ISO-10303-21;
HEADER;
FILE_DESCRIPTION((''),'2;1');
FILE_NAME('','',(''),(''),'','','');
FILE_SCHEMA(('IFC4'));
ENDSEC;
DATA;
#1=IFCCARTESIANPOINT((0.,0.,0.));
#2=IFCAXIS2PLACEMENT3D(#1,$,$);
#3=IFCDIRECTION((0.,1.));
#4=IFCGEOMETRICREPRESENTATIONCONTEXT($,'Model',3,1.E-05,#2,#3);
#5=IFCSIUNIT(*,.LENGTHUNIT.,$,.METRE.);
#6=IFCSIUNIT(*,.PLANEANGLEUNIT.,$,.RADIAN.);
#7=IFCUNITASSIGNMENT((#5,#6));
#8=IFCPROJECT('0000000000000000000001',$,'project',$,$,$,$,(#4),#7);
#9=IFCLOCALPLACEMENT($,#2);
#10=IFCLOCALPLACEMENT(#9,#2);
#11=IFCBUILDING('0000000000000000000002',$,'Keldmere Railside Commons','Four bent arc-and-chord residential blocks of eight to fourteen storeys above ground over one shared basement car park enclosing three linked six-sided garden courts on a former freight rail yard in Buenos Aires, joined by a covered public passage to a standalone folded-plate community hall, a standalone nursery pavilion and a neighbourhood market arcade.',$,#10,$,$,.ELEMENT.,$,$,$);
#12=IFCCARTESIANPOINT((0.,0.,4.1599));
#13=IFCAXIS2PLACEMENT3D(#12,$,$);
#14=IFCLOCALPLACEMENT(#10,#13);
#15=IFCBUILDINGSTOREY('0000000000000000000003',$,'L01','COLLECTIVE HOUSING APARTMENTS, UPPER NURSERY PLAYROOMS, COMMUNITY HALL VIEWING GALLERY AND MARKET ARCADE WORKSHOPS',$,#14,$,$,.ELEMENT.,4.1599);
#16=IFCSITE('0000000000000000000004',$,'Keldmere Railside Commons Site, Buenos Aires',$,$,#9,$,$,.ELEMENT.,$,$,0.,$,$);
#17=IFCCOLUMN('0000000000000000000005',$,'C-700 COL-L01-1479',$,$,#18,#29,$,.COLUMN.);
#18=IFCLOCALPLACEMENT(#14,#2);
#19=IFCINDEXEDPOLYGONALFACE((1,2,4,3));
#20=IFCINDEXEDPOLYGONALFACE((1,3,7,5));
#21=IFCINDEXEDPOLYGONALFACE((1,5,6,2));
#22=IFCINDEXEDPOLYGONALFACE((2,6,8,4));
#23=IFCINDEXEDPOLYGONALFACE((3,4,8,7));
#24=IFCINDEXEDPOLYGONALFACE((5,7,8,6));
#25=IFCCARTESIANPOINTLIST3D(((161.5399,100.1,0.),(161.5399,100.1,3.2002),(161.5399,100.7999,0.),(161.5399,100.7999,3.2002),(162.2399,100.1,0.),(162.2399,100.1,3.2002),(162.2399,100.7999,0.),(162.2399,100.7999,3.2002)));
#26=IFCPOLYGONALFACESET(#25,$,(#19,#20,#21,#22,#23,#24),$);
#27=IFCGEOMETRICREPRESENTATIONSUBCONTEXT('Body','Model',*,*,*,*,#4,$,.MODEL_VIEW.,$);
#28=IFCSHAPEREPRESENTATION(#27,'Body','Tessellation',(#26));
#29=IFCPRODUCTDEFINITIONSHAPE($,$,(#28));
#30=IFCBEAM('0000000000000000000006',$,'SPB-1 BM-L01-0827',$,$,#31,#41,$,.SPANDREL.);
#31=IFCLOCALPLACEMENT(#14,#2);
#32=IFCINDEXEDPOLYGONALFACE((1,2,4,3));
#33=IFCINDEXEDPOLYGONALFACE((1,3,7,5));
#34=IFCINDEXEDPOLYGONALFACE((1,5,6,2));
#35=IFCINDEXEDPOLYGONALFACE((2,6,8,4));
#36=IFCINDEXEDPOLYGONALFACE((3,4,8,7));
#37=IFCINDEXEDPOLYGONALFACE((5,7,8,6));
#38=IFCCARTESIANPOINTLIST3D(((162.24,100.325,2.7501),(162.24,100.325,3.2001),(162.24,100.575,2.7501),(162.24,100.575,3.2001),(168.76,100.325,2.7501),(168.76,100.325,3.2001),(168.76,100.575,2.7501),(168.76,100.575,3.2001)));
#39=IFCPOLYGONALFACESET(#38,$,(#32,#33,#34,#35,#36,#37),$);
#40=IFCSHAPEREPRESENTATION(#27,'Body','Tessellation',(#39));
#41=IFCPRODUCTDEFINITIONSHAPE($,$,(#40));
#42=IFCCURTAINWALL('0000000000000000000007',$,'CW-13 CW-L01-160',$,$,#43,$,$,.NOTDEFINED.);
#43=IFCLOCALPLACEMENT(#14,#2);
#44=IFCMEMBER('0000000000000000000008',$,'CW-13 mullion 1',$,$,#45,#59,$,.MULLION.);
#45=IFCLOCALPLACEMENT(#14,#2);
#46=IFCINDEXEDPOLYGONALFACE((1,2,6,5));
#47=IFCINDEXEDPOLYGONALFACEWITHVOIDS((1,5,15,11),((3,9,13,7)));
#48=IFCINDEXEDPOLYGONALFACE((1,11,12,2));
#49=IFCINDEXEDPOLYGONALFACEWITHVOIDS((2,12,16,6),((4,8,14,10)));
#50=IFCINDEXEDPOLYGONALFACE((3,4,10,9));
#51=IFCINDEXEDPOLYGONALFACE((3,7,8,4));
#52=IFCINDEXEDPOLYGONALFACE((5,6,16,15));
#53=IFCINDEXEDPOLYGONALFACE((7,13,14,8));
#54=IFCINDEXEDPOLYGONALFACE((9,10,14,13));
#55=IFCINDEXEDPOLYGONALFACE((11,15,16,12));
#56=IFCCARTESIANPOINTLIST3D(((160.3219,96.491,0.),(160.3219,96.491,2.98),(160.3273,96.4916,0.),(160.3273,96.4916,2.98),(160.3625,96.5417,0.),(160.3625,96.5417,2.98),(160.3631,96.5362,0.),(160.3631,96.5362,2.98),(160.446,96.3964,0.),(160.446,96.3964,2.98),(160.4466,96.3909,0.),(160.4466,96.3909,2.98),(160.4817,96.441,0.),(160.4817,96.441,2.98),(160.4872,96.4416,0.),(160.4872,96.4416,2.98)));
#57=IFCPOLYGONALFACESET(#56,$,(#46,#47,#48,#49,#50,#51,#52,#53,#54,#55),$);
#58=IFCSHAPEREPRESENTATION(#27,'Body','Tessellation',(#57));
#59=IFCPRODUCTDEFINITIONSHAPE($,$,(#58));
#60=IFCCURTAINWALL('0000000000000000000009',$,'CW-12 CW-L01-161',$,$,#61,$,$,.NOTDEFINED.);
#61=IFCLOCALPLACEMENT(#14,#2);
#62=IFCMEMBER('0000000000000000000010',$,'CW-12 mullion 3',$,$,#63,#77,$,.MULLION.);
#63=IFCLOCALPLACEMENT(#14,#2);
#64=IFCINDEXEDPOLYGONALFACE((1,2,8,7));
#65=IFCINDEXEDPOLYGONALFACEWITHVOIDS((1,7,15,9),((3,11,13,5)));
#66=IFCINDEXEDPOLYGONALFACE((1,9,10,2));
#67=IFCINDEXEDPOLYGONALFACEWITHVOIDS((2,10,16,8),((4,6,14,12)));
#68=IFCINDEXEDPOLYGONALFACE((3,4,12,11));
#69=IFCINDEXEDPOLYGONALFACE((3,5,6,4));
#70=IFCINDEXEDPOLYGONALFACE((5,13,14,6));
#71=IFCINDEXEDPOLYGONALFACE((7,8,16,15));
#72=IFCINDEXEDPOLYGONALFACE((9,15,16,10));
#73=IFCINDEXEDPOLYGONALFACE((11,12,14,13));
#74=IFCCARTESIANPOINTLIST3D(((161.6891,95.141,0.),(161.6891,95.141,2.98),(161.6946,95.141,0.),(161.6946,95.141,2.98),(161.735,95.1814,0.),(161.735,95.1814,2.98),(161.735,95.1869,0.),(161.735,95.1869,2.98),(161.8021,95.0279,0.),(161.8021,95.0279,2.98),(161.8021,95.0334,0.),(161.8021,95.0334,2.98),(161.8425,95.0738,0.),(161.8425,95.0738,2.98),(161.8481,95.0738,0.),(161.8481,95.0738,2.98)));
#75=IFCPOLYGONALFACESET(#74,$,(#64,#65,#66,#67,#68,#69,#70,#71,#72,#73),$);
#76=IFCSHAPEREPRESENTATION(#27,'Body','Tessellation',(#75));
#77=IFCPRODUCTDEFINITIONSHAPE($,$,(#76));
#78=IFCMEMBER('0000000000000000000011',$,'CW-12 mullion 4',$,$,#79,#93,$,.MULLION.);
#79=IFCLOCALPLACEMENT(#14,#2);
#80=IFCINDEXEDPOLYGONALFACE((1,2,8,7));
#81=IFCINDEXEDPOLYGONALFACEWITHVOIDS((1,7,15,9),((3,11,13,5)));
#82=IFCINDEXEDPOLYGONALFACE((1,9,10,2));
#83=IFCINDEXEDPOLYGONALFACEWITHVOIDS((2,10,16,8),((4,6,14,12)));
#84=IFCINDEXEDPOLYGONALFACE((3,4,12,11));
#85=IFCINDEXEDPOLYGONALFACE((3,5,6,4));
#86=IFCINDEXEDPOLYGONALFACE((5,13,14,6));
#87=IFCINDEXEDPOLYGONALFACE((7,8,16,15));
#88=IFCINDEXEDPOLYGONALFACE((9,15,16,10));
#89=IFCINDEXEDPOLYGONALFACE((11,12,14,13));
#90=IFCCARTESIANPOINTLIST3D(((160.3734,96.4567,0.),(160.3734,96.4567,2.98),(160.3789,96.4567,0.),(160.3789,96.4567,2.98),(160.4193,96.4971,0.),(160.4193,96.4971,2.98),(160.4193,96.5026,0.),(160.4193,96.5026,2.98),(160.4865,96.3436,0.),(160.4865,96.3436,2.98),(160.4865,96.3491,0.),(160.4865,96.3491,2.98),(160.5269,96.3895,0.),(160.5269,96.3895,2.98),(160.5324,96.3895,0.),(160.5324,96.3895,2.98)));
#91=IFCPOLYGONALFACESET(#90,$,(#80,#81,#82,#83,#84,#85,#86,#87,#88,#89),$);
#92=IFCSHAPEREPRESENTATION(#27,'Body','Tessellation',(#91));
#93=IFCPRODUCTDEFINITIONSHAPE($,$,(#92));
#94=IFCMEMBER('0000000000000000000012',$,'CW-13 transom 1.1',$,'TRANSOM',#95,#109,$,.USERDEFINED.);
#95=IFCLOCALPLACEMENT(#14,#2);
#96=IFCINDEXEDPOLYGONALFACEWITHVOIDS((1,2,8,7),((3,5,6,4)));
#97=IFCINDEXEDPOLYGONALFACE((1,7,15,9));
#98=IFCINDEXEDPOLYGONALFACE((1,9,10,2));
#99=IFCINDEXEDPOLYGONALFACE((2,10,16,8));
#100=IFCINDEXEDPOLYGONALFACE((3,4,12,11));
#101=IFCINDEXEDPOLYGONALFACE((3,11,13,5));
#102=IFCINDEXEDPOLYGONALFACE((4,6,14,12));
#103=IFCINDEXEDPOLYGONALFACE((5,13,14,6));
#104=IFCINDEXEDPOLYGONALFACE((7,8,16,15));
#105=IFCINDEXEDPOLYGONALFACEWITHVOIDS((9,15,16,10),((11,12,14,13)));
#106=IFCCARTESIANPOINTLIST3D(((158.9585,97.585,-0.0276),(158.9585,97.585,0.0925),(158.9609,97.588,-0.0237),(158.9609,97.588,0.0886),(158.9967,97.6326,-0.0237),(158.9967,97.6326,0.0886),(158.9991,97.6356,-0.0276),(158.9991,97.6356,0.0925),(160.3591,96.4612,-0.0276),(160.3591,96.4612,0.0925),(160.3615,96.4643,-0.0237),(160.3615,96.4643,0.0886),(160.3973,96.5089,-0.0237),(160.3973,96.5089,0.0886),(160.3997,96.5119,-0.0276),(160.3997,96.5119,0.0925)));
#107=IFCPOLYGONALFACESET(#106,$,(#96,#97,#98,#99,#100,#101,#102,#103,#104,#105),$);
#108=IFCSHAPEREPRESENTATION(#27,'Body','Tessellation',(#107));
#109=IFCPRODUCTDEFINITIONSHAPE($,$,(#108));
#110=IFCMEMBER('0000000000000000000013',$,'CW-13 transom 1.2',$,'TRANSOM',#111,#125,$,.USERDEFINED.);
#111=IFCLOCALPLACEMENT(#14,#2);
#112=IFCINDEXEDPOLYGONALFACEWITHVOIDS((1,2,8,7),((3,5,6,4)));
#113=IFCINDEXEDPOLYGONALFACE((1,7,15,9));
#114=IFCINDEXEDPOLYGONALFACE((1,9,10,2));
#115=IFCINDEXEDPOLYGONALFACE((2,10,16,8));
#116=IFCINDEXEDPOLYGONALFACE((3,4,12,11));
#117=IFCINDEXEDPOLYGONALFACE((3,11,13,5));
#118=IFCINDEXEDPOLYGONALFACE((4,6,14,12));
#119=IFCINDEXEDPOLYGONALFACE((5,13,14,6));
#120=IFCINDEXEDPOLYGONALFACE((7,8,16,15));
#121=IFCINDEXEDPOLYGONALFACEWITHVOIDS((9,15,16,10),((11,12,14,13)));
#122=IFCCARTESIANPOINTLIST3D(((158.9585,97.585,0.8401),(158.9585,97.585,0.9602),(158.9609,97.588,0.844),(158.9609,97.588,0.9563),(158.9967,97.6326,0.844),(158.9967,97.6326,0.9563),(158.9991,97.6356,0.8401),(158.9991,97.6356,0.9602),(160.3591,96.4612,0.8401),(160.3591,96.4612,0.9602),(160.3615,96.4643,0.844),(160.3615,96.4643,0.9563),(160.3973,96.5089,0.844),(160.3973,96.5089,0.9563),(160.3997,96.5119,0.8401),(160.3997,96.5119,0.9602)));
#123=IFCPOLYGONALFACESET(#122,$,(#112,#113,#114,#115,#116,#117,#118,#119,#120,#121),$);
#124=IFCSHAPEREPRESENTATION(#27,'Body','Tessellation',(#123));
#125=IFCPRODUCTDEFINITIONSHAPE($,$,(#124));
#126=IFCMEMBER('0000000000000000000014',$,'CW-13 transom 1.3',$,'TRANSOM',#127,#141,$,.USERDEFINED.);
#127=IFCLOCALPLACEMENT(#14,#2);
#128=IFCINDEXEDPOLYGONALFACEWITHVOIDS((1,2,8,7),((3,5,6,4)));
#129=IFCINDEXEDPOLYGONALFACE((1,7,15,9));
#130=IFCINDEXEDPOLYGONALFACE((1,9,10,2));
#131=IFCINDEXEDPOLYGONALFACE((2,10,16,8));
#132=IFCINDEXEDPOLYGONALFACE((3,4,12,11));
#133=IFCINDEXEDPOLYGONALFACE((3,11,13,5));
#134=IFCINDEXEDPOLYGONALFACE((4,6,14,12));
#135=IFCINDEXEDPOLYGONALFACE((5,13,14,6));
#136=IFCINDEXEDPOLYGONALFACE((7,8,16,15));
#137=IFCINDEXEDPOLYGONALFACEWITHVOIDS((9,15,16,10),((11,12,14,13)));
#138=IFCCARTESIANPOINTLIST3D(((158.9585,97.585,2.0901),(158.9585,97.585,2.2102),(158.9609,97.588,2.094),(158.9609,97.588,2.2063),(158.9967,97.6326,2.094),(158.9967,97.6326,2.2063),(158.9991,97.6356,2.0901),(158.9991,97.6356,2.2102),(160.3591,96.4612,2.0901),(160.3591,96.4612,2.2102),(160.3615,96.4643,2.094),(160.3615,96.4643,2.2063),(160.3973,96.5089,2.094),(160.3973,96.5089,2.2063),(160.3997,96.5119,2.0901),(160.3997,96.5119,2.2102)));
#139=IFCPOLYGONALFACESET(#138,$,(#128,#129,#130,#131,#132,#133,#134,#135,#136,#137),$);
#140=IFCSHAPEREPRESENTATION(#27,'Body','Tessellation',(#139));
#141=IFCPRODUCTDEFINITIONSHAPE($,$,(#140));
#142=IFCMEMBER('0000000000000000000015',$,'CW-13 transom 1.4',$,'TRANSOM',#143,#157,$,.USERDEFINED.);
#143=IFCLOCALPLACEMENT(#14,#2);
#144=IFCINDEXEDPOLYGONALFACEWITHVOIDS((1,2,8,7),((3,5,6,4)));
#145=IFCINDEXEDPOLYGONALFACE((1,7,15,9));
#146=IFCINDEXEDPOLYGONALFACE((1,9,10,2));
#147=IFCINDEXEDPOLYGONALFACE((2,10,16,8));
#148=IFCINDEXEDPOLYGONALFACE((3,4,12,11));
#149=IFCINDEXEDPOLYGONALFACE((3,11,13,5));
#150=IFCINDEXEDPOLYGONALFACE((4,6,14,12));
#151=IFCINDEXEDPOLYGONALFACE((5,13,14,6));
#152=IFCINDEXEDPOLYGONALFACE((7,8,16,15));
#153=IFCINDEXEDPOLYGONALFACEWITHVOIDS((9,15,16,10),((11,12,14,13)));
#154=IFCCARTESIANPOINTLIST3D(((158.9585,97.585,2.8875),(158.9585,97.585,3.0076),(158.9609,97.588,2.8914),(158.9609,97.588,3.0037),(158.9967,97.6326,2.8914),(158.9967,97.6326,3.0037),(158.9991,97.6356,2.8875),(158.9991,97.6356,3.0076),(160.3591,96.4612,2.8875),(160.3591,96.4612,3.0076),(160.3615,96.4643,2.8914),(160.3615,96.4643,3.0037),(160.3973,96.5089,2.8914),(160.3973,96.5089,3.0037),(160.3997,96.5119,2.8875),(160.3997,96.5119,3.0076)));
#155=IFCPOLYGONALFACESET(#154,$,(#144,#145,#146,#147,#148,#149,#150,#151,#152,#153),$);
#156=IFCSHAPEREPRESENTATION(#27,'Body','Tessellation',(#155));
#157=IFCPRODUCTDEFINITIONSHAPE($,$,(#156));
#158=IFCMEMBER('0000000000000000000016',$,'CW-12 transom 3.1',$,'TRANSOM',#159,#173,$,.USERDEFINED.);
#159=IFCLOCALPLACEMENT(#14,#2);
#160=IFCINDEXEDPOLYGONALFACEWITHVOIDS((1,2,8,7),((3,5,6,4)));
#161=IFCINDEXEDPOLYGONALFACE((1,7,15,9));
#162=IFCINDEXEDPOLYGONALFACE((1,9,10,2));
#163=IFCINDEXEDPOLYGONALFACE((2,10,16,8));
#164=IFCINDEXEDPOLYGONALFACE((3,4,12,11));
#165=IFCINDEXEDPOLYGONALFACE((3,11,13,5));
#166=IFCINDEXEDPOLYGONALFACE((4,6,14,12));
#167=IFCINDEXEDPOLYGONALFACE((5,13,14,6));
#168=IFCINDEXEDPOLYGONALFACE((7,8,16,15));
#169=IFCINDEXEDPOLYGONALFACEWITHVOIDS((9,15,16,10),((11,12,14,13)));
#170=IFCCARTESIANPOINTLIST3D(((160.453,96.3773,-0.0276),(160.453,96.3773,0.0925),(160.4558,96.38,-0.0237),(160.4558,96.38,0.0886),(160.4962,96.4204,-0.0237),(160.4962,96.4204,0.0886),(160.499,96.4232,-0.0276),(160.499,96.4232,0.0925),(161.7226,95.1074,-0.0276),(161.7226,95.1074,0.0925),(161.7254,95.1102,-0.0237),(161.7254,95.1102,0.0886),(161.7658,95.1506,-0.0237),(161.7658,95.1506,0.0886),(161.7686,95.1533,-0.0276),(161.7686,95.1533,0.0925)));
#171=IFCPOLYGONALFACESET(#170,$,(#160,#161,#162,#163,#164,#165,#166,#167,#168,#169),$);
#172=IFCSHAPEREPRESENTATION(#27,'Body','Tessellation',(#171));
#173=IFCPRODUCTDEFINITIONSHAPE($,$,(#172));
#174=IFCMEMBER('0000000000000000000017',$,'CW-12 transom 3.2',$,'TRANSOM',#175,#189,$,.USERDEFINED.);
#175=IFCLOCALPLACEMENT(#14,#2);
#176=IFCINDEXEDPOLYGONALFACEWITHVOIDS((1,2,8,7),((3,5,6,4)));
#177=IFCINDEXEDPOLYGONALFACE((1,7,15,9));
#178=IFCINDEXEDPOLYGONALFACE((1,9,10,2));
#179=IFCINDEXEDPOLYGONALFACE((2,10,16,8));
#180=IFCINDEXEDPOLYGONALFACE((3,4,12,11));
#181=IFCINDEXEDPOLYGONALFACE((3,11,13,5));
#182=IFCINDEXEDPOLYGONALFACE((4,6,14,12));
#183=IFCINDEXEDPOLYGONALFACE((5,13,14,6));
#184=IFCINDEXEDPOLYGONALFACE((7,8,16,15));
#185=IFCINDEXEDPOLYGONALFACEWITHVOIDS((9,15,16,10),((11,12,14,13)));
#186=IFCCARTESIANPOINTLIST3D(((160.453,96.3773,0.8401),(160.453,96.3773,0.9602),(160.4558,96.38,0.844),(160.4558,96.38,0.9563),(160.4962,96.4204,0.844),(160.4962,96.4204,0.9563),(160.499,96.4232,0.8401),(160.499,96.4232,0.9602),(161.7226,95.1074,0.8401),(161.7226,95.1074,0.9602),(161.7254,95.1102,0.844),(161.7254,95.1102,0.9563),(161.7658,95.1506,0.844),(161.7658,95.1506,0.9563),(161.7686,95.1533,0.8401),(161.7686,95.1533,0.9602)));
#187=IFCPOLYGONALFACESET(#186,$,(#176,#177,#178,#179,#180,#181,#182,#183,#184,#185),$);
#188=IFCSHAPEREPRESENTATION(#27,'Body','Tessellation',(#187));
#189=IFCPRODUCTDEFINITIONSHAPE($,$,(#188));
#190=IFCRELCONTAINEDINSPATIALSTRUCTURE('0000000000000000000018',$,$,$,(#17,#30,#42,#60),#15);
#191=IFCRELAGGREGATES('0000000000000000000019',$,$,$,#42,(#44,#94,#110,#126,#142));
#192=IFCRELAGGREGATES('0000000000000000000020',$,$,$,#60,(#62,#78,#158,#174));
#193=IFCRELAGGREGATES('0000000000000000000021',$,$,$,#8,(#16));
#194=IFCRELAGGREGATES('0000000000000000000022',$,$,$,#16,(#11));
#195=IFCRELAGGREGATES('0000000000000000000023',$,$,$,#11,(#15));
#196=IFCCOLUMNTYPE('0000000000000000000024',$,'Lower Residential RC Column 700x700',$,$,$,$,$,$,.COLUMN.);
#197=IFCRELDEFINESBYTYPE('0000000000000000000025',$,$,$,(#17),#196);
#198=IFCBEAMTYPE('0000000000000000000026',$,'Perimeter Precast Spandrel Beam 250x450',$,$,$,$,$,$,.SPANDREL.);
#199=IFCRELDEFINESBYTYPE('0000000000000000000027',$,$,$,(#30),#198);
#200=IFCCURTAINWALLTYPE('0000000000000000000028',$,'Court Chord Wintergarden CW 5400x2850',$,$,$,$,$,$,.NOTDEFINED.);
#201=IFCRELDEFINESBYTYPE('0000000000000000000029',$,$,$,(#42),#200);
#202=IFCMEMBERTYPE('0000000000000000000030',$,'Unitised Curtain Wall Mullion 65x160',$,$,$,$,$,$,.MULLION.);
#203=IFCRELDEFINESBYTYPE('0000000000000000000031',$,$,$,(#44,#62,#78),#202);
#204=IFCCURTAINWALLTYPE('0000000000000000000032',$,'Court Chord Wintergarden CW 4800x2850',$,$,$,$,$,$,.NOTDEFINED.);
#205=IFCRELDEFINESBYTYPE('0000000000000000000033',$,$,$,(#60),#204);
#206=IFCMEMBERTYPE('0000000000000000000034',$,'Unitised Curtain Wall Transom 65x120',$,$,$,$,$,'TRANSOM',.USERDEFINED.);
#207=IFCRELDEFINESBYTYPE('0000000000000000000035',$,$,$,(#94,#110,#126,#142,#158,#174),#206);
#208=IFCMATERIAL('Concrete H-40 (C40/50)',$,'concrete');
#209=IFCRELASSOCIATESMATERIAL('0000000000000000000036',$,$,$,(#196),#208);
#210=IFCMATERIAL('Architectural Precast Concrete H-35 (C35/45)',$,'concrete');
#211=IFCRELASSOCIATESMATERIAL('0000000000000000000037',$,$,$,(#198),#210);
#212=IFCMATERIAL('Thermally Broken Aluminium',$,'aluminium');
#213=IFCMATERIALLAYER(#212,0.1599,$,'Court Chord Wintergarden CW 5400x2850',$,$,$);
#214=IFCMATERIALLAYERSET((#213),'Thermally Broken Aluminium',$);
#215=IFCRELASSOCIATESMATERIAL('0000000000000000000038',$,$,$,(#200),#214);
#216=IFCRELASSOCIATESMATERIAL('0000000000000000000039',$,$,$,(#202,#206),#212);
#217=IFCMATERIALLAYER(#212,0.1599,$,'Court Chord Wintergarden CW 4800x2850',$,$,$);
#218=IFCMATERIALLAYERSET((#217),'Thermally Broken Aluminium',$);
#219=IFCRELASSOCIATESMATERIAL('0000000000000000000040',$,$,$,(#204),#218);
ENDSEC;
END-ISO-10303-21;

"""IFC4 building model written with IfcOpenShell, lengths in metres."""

from ifc_helpers import new_model, si_unit, direction, frame, origin, origin_2d, place, context, subcontext, project, spatial, rectangle, hollow_rectangle, extrude, material, layer, layer_set, material_profile, profile_set, type_object, element, aggregate, save


model = new_model("IFC4")

# Units and contexts
model_context = context("Model", 3, precision=1e-05, world=origin(), true_north=direction((0.0, 1.0)))
body_context = subcontext(model_context, "Body", "Model", "MODEL_VIEW")
ifc_project = project(units=[si_unit("LENGTHUNIT", "METRE"), si_unit("PLANEANGLEUNIT", "RADIAN")], contexts=[model_context])

# Site, building, storey
site_placement = place(None, origin())
site = spatial("IfcSite", under=ifc_project, at=site_placement, Name="Keldmere Railside Commons Site, Buenos Aires", CompositionType="ELEMENT", RefElevation=0.0)
building_placement = place(site_placement, origin())
building = spatial("IfcBuilding", under=site, at=building_placement, Name="Keldmere Railside Commons", Description="Four bent arc-and-chord residential blocks of eight to fourteen storeys above ground over one shared basement car park enclosing three linked six-sided garden courts on a former freight rail yard in Buenos Aires, joined by a covered public passage to a standalone folded-plate community hall, a standalone nursery pavilion and a neighbourhood market arcade.", CompositionType="ELEMENT")
storey_placement = place(building_placement, frame((0.0, 0.0, 4.1599)))
storey = spatial("IfcBuildingStorey", under=building, at=storey_placement, Name="L01", Description="COLLECTIVE HOUSING APARTMENTS, UPPER NURSERY PLAYROOMS, COMMUNITY HALL VIEWING GALLERY AND MARKET ARCADE WORKSHOPS", CompositionType="ELEMENT", Elevation=4.1599)

# Column
ifc_material_1 = material(Name="Concrete H-40 (C40/50)", Category="concrete")
ifc_material_profile_1 = material_profile(ifc_material_1, rectangle(XDim=0.7, YDim=0.7, at=origin_2d()), Name="RC-700x700")
ifc_profile_set_1 = profile_set([ifc_material_profile_1], Name="Concrete H-40 (C40/50)")
column_type = type_object("IfcColumnType", Name="Lower Residential RC Column 700x700", PredefinedType="COLUMN", material=ifc_profile_set_1)
column_placement = place(storey_placement, frame((161.8899, 100.45, 0.0), z_axis=(0.0, 0.0, 1.0), x_axis=(1.0, 0.0, 0.0)))
element("IfcColumn", 1, at=column_placement, inside=storey, type_object=column_type, Name="C-700 COL-L01-1479", PredefinedType="COLUMN", context=body_context, shape_type="SweptSolid", body=[
    extrude(rectangle(XDim=0.7, YDim=0.7, at=origin_2d()), origin(), (0.0, 0.0, 1.0), 3.2002),
])

# Beam
ifc_material_2 = material(Name="Architectural Precast Concrete H-35 (C35/45)", Category="concrete")
ifc_material_profile_2 = material_profile(ifc_material_2, rectangle(XDim=0.25, YDim=0.45, at=origin_2d()), Name="RC-250x450")
ifc_profile_set_2 = profile_set([ifc_material_profile_2], Name="Architectural Precast Concrete H-35 (C35/45)")
beam_type = type_object("IfcBeamType", Name="Perimeter Precast Spandrel Beam 250x450", PredefinedType="SPANDREL", material=ifc_profile_set_2)
beam_placement = place(storey_placement, frame((162.24, 100.45, 2.9751), z_axis=(1.0, 0.0, 0.0), x_axis=(0.0, 1.0, 0.0)))
element("IfcBeam", 2, at=beam_placement, inside=storey, type_object=beam_type, Name="SPB-1 BM-L01-0827", PredefinedType="SPANDREL", context=body_context, shape_type="SweptSolid", body=[
    extrude(rectangle(XDim=0.25, YDim=0.45, at=origin_2d()), origin(), (0.0, 0.0, 1.0), 6.52),
])

# Curtain wall, member
ifc_material_3 = material(Name="Thermally Broken Aluminium", Category="aluminium")
ifc_layer_1 = layer(ifc_material_3, 0.1599, Name="Court Chord Wintergarden CW 5400x2850")
ifc_layer_set_1 = layer_set([ifc_layer_1], Name="Thermally Broken Aluminium")
curtain_wall_type_1 = type_object("IfcCurtainWallType", Name="Court Chord Wintergarden CW 5400x2850", PredefinedType="NOTDEFINED", material=ifc_layer_set_1)
curtain_wall_1_placement = place(storey_placement, origin())
curtain_wall_1 = element("IfcCurtainWall", 3, at=curtain_wall_1_placement, inside=storey, type_object=curtain_wall_type_1, Name="CW-13 CW-L01-160", PredefinedType="NOTDEFINED")
ifc_material_profile_3 = material_profile(ifc_material_3, hollow_rectangle(XDim=0.0649, YDim=0.1599, WallThickness=0.0039, at=origin_2d()), Name="ALU-MULL-65x160")
ifc_profile_set_3 = profile_set([ifc_material_profile_3], Name="Thermally Broken Aluminium")
member_type_1 = type_object("IfcMemberType", Name="Unitised Curtain Wall Mullion 65x160", PredefinedType="MULLION", material=ifc_profile_set_3)
member_1_placement = place(storey_placement, frame((160.4045, 96.4663, 0.0), z_axis=(0.0, 0.0, 1.0), x_axis=(-0.625768, -0.780009, 0.0)))
member_1 = element("IfcMember", 4, at=member_1_placement, type_object=member_type_1, Name="CW-13 mullion 1", PredefinedType="MULLION", context=body_context, shape_type="SweptSolid", body=[
    extrude(hollow_rectangle(XDim=0.0649, YDim=0.1599, WallThickness=0.0039, at=origin_2d()), origin(), (0.0, 0.0, 1.0), 2.98),
])

# Curtain wall, members
ifc_layer_2 = layer(ifc_material_3, 0.1599, Name="Court Chord Wintergarden CW 4800x2850")
ifc_layer_set_2 = layer_set([ifc_layer_2], Name="Thermally Broken Aluminium")
curtain_wall_type_2 = type_object("IfcCurtainWallType", Name="Court Chord Wintergarden CW 4800x2850", PredefinedType="NOTDEFINED", material=ifc_layer_set_2)
curtain_wall_2_placement = place(storey_placement, origin())
curtain_wall_2 = element("IfcCurtainWall", 5, at=curtain_wall_2_placement, inside=storey, type_object=curtain_wall_type_2, Name="CW-12 CW-L01-161", PredefinedType="NOTDEFINED")
member_2_placement = place(storey_placement, frame((161.7686, 95.1074, 0.0), z_axis=(0.0, 0.0, 1.0), x_axis=(-0.707107, -0.707107, 0.0)))
member_2 = element("IfcMember", 6, at=member_2_placement, type_object=member_type_1, Name="CW-12 mullion 3", PredefinedType="MULLION", context=body_context, shape_type="SweptSolid", body=[
    extrude(hollow_rectangle(XDim=0.0649, YDim=0.1599, WallThickness=0.0039, at=origin_2d()), origin(), (0.0, 0.0, 1.0), 2.98),
])
member_3_placement = place(storey_placement, frame((160.4529, 96.4231, 0.0), z_axis=(0.0, 0.0, 1.0), x_axis=(-0.707107, -0.707107, 0.0)))
member_3 = element("IfcMember", 7, at=member_3_placement, type_object=member_type_1, Name="CW-12 mullion 4", PredefinedType="MULLION", context=body_context, shape_type="SweptSolid", body=[
    extrude(hollow_rectangle(XDim=0.0649, YDim=0.1599, WallThickness=0.0039, at=origin_2d()), origin(), (0.0, 0.0, 1.0), 2.98),
])

# Members
ifc_material_profile_4 = material_profile(ifc_material_3, hollow_rectangle(XDim=0.0649, YDim=0.1201, WallThickness=0.0039, at=origin_2d()), Name="ALU-TRAN-65x120")
ifc_profile_set_4 = profile_set([ifc_material_profile_4], Name="Thermally Broken Aluminium")
member_type_2 = type_object("IfcMemberType", Name="Unitised Curtain Wall Transom 65x120", ElementType="TRANSOM", PredefinedType="USERDEFINED", material=ifc_profile_set_4)
member_4_placement = place(storey_placement, frame((160.3794, 96.4866, 0.0325), z_axis=(-0.779979, 0.625805, 0.0), x_axis=(-0.625805, -0.779979, 0.0)))
member_4 = element("IfcMember", 8, at=member_4_placement, type_object=member_type_2, Name="CW-13 transom 1.1", ObjectType="TRANSOM", PredefinedType="USERDEFINED", context=body_context, shape_type="SweptSolid", body=[
    extrude(hollow_rectangle(XDim=0.0649, YDim=0.1201, WallThickness=0.0039, at=origin_2d()), origin(), (0.0, 0.0, 1.0), 1.7957),
])
member_5_placement = place(storey_placement, frame((160.3794, 96.4866, 0.9001), z_axis=(-0.779979, 0.625805, 0.0), x_axis=(-0.625805, -0.779979, 0.0)))
member_5 = element("IfcMember", 9, at=member_5_placement, type_object=member_type_2, Name="CW-13 transom 1.2", ObjectType="TRANSOM", PredefinedType="USERDEFINED", context=body_context, shape_type="SweptSolid", body=[
    extrude(hollow_rectangle(XDim=0.0649, YDim=0.1201, WallThickness=0.0039, at=origin_2d()), origin(), (0.0, 0.0, 1.0), 1.7957),
])
member_6_placement = place(storey_placement, frame((160.3794, 96.4866, 2.1501), z_axis=(-0.779979, 0.625805, 0.0), x_axis=(-0.625805, -0.779979, 0.0)))
member_6 = element("IfcMember", 10, at=member_6_placement, type_object=member_type_2, Name="CW-13 transom 1.3", ObjectType="TRANSOM", PredefinedType="USERDEFINED", context=body_context, shape_type="SweptSolid", body=[
    extrude(hollow_rectangle(XDim=0.0649, YDim=0.1201, WallThickness=0.0039, at=origin_2d()), origin(), (0.0, 0.0, 1.0), 1.7957),
])
member_7_placement = place(storey_placement, frame((160.3794, 96.4866, 2.9475), z_axis=(-0.779979, 0.625805, 0.0), x_axis=(-0.625805, -0.779979, 0.0)))
member_7 = element("IfcMember", 11, at=member_7_placement, type_object=member_type_2, Name="CW-13 transom 1.4", ObjectType="TRANSOM", PredefinedType="USERDEFINED", context=body_context, shape_type="SweptSolid", body=[
    extrude(hollow_rectangle(XDim=0.0649, YDim=0.1201, WallThickness=0.0039, at=origin_2d()), origin(), (0.0, 0.0, 1.0), 1.7957),
])
member_8_placement = place(storey_placement, frame((161.7456, 95.1304, 0.0325), z_axis=(-0.707039, 0.707175, 0.0), x_axis=(-0.707175, -0.707039, 0.0)))
member_8 = element("IfcMember", 12, at=member_8_placement, type_object=member_type_2, Name="CW-12 transom 3.1", ObjectType="TRANSOM", PredefinedType="USERDEFINED", context=body_context, shape_type="SweptSolid", body=[
    extrude(hollow_rectangle(XDim=0.0649, YDim=0.1201, WallThickness=0.0039, at=origin_2d()), origin(), (0.0, 0.0, 1.0), 1.7957),
])
member_9_placement = place(storey_placement, frame((161.7456, 95.1304, 0.9001), z_axis=(-0.707039, 0.707175, 0.0), x_axis=(-0.707175, -0.707039, 0.0)))
member_9 = element("IfcMember", 13, at=member_9_placement, type_object=member_type_2, Name="CW-12 transom 3.2", ObjectType="TRANSOM", PredefinedType="USERDEFINED", context=body_context, shape_type="SweptSolid", body=[
    extrude(hollow_rectangle(XDim=0.0649, YDim=0.1201, WallThickness=0.0039, at=origin_2d()), origin(), (0.0, 0.0, 1.0), 1.7957),
])

aggregate(curtain_wall_1, [member_1, member_4, member_5, member_6, member_7])
aggregate(curtain_wall_2, [member_2, member_3, member_8, member_9])

save(model, "model.ifc")
